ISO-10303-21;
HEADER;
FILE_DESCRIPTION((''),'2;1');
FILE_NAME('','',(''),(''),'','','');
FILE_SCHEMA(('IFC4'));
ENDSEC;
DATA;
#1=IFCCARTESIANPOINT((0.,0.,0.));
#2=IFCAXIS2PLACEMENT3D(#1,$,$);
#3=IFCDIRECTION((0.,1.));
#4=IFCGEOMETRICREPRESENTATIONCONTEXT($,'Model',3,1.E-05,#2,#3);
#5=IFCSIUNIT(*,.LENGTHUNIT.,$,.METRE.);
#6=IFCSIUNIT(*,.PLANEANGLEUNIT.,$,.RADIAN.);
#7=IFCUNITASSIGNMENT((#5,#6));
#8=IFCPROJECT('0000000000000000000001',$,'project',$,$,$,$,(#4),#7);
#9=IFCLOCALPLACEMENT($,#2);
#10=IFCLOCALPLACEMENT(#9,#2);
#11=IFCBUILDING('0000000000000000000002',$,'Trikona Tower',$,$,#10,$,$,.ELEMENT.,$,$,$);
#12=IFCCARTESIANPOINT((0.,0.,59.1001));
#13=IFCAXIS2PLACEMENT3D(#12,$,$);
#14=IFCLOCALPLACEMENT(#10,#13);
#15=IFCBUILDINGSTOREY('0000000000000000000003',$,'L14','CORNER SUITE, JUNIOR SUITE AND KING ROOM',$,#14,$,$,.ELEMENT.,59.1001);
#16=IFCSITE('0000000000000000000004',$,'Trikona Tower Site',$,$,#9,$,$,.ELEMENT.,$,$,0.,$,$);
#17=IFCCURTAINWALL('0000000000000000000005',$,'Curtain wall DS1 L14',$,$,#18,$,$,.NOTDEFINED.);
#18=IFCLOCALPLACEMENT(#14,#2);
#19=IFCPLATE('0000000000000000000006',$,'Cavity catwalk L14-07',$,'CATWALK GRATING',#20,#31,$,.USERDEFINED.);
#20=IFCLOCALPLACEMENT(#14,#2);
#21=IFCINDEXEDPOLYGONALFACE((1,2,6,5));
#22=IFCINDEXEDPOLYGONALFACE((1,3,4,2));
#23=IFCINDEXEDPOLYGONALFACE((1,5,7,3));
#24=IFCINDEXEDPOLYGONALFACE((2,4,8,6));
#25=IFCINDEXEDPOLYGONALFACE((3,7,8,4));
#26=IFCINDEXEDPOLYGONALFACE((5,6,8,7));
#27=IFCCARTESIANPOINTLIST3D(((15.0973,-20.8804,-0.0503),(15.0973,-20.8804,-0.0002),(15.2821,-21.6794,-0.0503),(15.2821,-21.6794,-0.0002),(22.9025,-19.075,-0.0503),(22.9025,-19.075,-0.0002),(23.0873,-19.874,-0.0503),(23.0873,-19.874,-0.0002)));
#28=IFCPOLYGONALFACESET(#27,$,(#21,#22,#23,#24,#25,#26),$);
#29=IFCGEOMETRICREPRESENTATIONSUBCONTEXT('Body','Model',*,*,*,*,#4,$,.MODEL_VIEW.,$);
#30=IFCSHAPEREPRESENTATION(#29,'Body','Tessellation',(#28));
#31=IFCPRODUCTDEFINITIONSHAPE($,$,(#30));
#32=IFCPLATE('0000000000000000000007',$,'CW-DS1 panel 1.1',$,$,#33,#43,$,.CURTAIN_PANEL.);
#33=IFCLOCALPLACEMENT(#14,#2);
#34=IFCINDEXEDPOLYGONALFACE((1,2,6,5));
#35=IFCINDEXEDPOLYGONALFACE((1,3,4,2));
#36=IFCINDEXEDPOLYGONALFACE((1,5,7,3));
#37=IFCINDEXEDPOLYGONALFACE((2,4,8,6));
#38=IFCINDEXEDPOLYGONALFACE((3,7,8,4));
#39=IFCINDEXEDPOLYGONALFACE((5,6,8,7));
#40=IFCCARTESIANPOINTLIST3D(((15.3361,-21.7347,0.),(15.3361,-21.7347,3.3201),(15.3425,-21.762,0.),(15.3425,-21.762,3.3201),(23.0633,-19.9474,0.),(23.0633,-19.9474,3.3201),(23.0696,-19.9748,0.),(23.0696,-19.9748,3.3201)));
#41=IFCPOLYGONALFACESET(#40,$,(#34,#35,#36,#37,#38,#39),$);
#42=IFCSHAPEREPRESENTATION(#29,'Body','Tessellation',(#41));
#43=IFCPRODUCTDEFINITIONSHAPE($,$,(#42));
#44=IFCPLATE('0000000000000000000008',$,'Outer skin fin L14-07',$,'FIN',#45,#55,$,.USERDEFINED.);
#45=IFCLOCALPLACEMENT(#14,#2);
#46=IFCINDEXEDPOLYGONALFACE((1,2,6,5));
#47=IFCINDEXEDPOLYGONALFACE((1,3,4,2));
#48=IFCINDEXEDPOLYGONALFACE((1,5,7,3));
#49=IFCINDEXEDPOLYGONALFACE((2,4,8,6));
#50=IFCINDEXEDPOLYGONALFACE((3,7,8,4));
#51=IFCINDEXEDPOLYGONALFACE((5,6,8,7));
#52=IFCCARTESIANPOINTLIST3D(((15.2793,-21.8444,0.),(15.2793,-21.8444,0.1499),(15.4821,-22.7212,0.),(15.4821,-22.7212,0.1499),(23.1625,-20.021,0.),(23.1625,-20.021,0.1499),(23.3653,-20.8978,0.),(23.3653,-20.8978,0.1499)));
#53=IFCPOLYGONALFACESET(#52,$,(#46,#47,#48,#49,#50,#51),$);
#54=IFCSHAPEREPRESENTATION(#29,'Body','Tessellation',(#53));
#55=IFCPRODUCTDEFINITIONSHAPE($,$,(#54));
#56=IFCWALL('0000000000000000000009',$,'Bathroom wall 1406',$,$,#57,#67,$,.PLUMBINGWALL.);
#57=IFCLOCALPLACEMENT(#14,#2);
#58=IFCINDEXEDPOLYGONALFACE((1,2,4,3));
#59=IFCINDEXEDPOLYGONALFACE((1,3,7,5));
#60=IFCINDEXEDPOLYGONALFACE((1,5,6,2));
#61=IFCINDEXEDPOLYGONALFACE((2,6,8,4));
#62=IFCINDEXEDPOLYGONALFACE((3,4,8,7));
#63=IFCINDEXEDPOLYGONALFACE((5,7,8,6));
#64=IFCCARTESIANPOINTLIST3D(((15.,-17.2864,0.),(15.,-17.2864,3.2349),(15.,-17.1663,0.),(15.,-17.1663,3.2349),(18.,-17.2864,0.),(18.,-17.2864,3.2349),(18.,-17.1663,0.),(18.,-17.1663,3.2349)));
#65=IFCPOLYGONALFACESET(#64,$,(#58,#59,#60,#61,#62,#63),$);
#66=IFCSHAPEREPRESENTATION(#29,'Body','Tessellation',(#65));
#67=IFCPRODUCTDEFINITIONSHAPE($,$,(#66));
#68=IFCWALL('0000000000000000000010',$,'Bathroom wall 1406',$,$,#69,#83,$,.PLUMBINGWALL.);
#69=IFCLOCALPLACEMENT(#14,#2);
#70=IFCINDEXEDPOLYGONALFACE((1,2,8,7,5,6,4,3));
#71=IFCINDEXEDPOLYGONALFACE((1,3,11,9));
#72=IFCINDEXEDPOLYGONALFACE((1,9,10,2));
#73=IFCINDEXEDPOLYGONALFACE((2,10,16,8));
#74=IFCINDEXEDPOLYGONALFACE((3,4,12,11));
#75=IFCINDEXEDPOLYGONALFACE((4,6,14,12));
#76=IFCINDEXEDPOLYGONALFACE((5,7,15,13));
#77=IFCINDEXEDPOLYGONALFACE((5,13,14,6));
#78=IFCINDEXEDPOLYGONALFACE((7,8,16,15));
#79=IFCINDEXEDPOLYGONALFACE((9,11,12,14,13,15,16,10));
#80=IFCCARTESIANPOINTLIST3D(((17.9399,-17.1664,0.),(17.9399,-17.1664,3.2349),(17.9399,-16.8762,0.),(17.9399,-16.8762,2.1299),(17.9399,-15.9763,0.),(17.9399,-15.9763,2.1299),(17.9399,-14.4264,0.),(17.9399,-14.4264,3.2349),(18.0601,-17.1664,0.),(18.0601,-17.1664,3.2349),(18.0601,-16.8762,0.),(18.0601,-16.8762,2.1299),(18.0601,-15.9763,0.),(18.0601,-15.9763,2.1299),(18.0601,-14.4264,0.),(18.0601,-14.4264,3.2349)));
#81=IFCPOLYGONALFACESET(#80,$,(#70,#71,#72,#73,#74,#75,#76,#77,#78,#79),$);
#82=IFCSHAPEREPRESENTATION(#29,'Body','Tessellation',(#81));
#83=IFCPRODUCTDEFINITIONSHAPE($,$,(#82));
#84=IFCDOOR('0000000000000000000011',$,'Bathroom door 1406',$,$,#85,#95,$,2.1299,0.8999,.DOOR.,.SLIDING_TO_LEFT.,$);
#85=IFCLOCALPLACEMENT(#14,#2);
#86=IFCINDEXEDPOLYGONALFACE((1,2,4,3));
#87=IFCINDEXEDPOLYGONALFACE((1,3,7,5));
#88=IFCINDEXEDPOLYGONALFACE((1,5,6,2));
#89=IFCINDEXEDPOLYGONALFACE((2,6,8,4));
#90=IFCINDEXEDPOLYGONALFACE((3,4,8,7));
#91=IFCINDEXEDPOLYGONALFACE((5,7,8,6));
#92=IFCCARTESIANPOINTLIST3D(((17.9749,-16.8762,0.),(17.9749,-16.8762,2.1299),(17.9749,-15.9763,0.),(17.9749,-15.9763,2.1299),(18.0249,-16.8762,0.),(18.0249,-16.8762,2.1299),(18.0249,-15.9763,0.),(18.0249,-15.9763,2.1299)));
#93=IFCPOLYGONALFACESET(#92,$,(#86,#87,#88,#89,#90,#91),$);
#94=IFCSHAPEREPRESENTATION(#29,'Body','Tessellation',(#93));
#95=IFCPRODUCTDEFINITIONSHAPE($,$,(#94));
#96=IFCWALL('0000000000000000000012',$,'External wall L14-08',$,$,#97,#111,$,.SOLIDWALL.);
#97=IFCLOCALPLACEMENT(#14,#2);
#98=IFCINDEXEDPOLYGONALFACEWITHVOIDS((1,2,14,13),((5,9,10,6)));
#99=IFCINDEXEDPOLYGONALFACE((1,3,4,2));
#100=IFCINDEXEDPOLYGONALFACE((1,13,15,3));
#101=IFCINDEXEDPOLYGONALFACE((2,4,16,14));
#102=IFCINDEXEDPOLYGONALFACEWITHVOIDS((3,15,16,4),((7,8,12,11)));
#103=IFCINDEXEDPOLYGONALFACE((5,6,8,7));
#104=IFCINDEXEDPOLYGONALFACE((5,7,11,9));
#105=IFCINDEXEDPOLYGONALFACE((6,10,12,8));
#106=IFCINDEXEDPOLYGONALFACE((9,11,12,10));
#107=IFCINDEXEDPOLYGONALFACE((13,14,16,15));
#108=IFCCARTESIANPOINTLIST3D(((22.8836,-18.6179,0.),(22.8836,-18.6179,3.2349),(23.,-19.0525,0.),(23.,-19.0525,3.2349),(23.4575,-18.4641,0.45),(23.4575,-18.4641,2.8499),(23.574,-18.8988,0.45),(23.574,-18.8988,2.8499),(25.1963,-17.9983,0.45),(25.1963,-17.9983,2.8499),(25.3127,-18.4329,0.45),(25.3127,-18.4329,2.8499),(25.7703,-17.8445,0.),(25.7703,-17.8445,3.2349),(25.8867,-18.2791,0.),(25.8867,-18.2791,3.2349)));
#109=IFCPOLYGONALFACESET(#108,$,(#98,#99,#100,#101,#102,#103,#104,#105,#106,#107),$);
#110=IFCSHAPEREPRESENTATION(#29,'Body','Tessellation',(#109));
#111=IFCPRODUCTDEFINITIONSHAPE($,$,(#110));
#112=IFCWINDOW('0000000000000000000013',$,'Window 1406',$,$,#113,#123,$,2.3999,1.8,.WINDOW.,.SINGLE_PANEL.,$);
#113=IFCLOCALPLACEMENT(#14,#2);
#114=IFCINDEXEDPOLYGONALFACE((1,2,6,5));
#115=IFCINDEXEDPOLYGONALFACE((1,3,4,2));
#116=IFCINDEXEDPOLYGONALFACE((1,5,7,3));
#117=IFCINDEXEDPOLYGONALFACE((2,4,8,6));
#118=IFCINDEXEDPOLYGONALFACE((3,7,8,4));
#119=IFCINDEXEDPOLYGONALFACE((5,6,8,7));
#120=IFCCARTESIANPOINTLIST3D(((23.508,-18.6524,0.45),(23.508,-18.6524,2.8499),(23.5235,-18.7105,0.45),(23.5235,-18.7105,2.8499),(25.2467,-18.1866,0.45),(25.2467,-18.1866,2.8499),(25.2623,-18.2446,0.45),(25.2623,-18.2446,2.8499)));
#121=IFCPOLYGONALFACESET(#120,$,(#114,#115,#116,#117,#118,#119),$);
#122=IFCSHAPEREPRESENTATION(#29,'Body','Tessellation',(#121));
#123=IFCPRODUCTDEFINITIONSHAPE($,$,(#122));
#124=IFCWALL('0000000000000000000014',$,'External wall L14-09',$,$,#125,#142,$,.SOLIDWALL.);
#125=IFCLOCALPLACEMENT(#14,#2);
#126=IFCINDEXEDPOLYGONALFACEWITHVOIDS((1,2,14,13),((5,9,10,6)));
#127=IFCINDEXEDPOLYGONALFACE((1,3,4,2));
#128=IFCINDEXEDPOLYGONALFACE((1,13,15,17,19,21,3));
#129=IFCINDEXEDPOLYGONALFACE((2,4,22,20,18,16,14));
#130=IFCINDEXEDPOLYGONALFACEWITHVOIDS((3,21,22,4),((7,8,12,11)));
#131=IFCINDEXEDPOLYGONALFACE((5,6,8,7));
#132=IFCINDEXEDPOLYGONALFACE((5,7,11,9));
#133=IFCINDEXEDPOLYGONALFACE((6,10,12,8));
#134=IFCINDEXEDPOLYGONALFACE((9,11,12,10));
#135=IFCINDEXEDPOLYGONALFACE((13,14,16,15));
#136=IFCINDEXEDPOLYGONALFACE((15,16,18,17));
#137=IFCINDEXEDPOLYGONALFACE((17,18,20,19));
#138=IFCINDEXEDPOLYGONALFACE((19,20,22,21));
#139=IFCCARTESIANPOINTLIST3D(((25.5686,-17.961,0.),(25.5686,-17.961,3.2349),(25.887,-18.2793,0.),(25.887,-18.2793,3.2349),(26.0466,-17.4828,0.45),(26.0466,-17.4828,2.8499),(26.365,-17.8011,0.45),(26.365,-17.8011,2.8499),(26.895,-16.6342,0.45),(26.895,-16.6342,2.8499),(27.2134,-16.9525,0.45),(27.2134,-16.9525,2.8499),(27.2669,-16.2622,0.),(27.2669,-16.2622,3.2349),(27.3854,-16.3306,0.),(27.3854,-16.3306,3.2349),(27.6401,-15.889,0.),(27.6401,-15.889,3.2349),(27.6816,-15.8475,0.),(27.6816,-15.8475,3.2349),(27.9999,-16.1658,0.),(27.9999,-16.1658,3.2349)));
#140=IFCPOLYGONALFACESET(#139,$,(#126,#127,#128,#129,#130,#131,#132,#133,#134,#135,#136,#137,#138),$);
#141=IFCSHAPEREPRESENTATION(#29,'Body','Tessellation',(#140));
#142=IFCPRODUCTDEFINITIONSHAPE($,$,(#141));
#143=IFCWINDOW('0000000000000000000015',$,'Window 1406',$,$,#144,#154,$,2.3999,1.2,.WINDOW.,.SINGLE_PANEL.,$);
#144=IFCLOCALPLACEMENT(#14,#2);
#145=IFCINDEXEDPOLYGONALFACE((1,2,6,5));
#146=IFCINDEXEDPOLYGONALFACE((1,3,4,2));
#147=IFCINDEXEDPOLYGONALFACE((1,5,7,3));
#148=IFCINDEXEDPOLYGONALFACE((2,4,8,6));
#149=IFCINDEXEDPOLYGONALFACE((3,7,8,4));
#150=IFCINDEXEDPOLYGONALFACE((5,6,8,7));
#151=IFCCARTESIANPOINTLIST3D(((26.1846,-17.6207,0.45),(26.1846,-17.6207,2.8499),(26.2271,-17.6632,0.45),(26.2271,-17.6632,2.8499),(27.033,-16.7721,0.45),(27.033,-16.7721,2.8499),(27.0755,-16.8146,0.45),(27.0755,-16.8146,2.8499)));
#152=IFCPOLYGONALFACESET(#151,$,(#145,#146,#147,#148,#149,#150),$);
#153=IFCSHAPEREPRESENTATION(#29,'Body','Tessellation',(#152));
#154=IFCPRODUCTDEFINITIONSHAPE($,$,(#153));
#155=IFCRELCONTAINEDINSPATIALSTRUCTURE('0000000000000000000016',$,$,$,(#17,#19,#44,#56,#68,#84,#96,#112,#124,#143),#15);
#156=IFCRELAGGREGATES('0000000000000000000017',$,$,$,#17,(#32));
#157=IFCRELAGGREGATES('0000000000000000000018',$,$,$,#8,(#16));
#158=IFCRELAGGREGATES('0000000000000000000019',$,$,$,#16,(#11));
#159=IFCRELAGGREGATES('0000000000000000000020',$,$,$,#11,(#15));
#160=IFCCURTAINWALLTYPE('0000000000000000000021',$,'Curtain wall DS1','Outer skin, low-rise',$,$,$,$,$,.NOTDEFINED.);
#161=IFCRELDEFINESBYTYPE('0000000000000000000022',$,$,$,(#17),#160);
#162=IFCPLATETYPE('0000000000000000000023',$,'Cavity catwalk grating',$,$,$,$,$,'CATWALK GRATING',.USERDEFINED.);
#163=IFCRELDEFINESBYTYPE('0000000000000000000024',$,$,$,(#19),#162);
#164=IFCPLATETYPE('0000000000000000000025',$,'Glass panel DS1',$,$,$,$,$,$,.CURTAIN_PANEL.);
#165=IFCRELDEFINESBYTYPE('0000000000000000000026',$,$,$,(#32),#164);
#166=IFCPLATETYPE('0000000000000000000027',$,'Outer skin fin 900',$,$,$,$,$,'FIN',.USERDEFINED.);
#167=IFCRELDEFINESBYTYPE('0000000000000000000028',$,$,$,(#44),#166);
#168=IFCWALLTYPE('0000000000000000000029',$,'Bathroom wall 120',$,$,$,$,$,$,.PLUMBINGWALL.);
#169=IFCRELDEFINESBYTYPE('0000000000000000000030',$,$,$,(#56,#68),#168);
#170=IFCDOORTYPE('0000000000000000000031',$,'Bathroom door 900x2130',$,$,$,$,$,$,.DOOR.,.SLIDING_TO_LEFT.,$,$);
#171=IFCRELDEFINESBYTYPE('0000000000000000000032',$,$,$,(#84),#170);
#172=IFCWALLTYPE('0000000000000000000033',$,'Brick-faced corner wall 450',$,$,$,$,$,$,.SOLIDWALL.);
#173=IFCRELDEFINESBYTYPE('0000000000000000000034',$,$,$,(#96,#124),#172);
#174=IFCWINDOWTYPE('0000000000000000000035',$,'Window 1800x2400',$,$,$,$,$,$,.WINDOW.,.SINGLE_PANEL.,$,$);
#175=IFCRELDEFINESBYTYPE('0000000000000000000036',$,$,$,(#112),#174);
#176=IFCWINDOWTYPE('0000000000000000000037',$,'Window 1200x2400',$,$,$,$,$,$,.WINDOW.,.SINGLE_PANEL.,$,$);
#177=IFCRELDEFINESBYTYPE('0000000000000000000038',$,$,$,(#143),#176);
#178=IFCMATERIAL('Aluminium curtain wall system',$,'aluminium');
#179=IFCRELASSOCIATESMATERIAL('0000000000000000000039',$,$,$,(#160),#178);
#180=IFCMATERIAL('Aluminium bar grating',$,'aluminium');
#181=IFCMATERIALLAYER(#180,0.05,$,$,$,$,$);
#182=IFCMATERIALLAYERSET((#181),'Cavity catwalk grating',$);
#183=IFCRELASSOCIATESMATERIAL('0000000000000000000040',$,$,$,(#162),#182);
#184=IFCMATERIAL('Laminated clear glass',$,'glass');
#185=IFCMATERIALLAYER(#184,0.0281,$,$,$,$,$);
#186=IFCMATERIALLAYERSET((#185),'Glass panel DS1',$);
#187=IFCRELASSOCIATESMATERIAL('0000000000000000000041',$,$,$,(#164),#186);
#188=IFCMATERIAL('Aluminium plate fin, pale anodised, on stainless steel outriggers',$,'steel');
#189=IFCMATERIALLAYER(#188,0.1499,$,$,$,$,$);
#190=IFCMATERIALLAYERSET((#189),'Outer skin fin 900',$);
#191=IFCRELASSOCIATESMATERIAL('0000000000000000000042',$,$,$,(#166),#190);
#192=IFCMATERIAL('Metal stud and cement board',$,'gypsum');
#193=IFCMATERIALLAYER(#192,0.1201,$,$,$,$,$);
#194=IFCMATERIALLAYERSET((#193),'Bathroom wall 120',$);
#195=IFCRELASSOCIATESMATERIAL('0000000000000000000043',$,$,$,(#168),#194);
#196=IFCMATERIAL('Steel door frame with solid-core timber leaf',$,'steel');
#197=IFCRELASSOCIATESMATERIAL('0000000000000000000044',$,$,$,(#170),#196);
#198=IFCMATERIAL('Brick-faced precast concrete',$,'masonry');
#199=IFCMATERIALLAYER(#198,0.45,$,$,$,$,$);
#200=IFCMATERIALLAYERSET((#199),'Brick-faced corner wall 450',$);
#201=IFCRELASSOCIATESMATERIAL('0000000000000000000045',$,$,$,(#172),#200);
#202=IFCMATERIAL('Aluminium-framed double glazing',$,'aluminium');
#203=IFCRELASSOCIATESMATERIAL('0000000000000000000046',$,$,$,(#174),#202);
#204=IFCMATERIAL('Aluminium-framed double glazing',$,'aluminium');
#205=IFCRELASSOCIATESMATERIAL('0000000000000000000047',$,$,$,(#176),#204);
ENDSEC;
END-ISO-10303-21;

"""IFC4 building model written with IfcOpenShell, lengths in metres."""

from ifc_helpers import new_model, si_unit, direction, frame, frame_2d, origin, origin_2d, place, context, subcontext, project, spatial, polyline, rectangle, outline, extrude, material, layer, layer_set, type_object, element, fill, aggregate, save


model = new_model("IFC4")

# Units and contexts
model_context = context("Model", 3, precision=1e-05, world=origin(), true_north=direction((0.0, 1.0)))
body_context = subcontext(model_context, "Body", "Model", "MODEL_VIEW")
ifc_project = project(units=[si_unit("LENGTHUNIT", "METRE"), si_unit("PLANEANGLEUNIT", "RADIAN")], contexts=[model_context])

# Site, building, storey
site_placement = place(None, origin())
site = spatial("IfcSite", under=ifc_project, at=site_placement, Name="Trikona Tower Site", CompositionType="ELEMENT", RefElevation=0.0)
building_placement = place(site_placement, origin())
building = spatial("IfcBuilding", under=site, at=building_placement, Name="Trikona Tower", CompositionType="ELEMENT")
storey_placement = place(building_placement, frame((0.0, 0.0, 59.1001)))
storey = spatial("IfcBuildingStorey", under=building, at=storey_placement, Name="L14", Description="CORNER SUITE, JUNIOR SUITE AND KING ROOM", CompositionType="ELEMENT", Elevation=59.1001)

# Shared definitions
ifc_material_1 = material(Name="Aluminium curtain wall system", Category="aluminium")
curtain_wall_type = type_object("IfcCurtainWallType", Name="Curtain wall DS1", Description="Outer skin, low-rise", PredefinedType="NOTDEFINED", material=ifc_material_1)

# Curtain wall
curtain_wall_1_placement = place(storey_placement, origin())
curtain_wall_1 = element("IfcCurtainWall", 1, at=curtain_wall_1_placement, inside=storey, type_object=curtain_wall_type, Name="Curtain wall DS1 L14", PredefinedType="NOTDEFINED")

# Plates
ifc_material_2 = material(Name="Aluminium bar grating", Category="aluminium")
ifc_layer_1 = layer(ifc_material_2, 0.05)
ifc_layer_set_1 = layer_set([ifc_layer_1], Name="Cavity catwalk grating")
plate_type_1 = type_object("IfcPlateType", Name="Cavity catwalk grating", ElementType="CATWALK GRATING", PredefinedType="USERDEFINED", material=ifc_layer_set_1)
plate_1_placement = place(storey_placement, frame((19.0923, -20.3772, -0.0503), z_axis=(0.0, 0.0, 1.0), x_axis=(0.974278, 0.225351, 0.0)))
element("IfcPlate", 2, at=plate_1_placement, inside=storey, type_object=plate_type_1, Name="Cavity catwalk L14-07", ObjectType="CATWALK GRATING", PredefinedType="USERDEFINED", context=body_context, shape_type="SweptSolid", body=[
    extrude(rectangle(XDim=8.0112, YDim=0.8201, at=origin_2d()), origin(), (0.0, 0.0, 1.0), 0.05),
])
ifc_material_3 = material(Name="Laminated clear glass", Category="glass")
ifc_layer_2 = layer(ifc_material_3, 0.0281)
ifc_layer_set_2 = layer_set([ifc_layer_2], Name="Glass panel DS1")
plate_type_2 = type_object("IfcPlateType", Name="Glass panel DS1", PredefinedType="CURTAIN_PANEL", material=ifc_layer_set_2)
plate_2_placement = place(storey_placement, frame((19.2029, -20.8547, 0.0), z_axis=(0.0, 0.0, 1.0), x_axis=(0.974279, 0.225343, 0.0)))
plate_2 = element("IfcPlate", 3, at=plate_2_placement, type_object=plate_type_2, Name="CW-DS1 panel 1.1", PredefinedType="CURTAIN_PANEL", context=body_context, shape_type="SweptSolid", body=[
    extrude(rectangle(XDim=7.9312, YDim=0.0281, at=origin_2d()), origin(), (0.0, 0.0, 1.0), 3.3201),
])
aggregate(curtain_wall_1, [plate_2])
ifc_material_4 = material(Name="Aluminium plate fin, pale anodised, on stainless steel outriggers", Category="steel")
ifc_layer_3 = layer(ifc_material_4, 0.1499)
ifc_layer_set_3 = layer_set([ifc_layer_3], Name="Outer skin fin 900")
plate_type_3 = type_object("IfcPlateType", Name="Outer skin fin 900", ElementType="FIN", PredefinedType="USERDEFINED", material=ifc_layer_set_3)
plate_3_placement = place(storey_placement, frame((19.3223, -21.3711, 0.0), z_axis=(0.0, 0.0, 1.0), x_axis=(0.974278, 0.225351, 0.0)))
element("IfcPlate", 4, at=plate_3_placement, inside=storey, type_object=plate_type_3, Name="Outer skin fin L14-07", ObjectType="FIN", PredefinedType="USERDEFINED", context=body_context, shape_type="SweptSolid", body=[
    extrude(rectangle(XDim=8.0913, YDim=0.8999, at=origin_2d()), origin(), (0.0, 0.0, 1.0), 0.1499),
])

# Wall
ifc_material_5 = material(Name="Metal stud and cement board", Category="gypsum")
ifc_layer_4 = layer(ifc_material_5, 0.1201)
ifc_layer_set_4 = layer_set([ifc_layer_4], Name="Bathroom wall 120")
wall_type_1 = type_object("IfcWallType", Name="Bathroom wall 120", PredefinedType="PLUMBINGWALL", material=ifc_layer_set_4)
wall_1_placement = place(storey_placement, frame((15.0, -17.2263, 0.0), z_axis=(0.0, 0.0, 1.0), x_axis=(1.0, 0.0, 0.0)))
element("IfcWall", 5, at=wall_1_placement, inside=storey, type_object=wall_type_1, Name="Bathroom wall 1406", PredefinedType="PLUMBINGWALL", context=body_context, shape_type="SweptSolid", body=[
    extrude(rectangle(XDim=3.0, YDim=0.1201, at=frame_2d((1.5, 0.0))), origin(), (0.0, 0.0, 1.0), 3.2349),
])

# Wall, opening, door
wall_2_placement = place(storey_placement, frame((18.0, -14.4263, 0.0), z_axis=(0.0, 0.0, 1.0), x_axis=(0.0, -1.0, 0.0)))
wall_2 = element("IfcWall", 6, at=wall_2_placement, inside=storey, type_object=wall_type_1, Name="Bathroom wall 1406", PredefinedType="PLUMBINGWALL", context=body_context, shape_type="SweptSolid", body=[
    extrude(rectangle(XDim=2.74, YDim=0.1201, at=frame_2d((1.3701, 0.0))), origin(), (0.0, 0.0, 1.0), 3.2349),
])
opening_1_placement = place(wall_2_placement, frame((1.55, 0.0, 0.0)))
opening_1 = element("IfcOpeningElement", 7, at=opening_1_placement, cuts=wall_2, PredefinedType="OPENING", context=body_context, shape_type="SweptSolid", body=[
    extrude(rectangle(XDim=0.8999, YDim=2.1299, at=frame_2d((0.45, 1.0649))), frame((0.0, 0.0701, 0.0), z_axis=(0.0, -1.0, 0.0), x_axis=(1.0, 0.0, 0.0)), (0.0, 0.0, 1.0), 0.1401),
])
ifc_material_6 = material(Name="Steel door frame with solid-core timber leaf", Category="steel")
door_type = type_object("IfcDoorType", Name="Bathroom door 900x2130", OperationType="SLIDING_TO_LEFT", PredefinedType="DOOR", material=ifc_material_6)
door_placement = place(opening_1_placement, origin())
door = element("IfcDoor", 8, at=door_placement, inside=storey, type_object=door_type, Name="Bathroom door 1406", OperationType="SLIDING_TO_LEFT", OverallHeight=2.1299, OverallWidth=0.8999, PredefinedType="DOOR", context=body_context, shape_type="SweptSolid", body=[
    extrude(rectangle(XDim=0.8999, YDim=2.1299, at=frame_2d((0.45, 1.0649))), frame((0.0, 0.0249, 0.0), z_axis=(0.0, -1.0, 0.0), x_axis=(1.0, 0.0, 0.0)), (0.0, 0.0, 1.0), 0.05),
])
fill(opening_1, door)

# Walls, openings, windows
ifc_material_7 = material(Name="Brick-faced precast concrete", Category="masonry")
ifc_layer_5 = layer(ifc_material_7, 0.45)
ifc_layer_set_5 = layer_set([ifc_layer_5], Name="Brick-faced corner wall 450")
wall_type_2 = type_object("IfcWallType", Name="Brick-faced corner wall 450", PredefinedType="SOLIDWALL", material=ifc_layer_set_5)
wall_3_placement = place(storey_placement, frame((22.9419, -18.8352, 0.0), z_axis=(0.0, 0.0, 1.0), x_axis=(0.965931, 0.258801, 0.0)))
wall_3 = element("IfcWall", 9, at=wall_3_placement, inside=storey, type_object=wall_type_2, Name="External wall L14-08", PredefinedType="SOLIDWALL", context=body_context, shape_type="SweptSolid", body=[
    extrude(rectangle(XDim=2.9885, YDim=0.45, at=frame_2d((1.4941, 0.0))), origin(), (0.0, 0.0, 1.0), 3.2349),
])
opening_2_placement = place(wall_3_placement, frame((0.5942, 0.0, 0.45)))
opening_2 = element("IfcOpeningElement", 10, at=opening_2_placement, cuts=wall_3, PredefinedType="OPENING", context=body_context, shape_type="SweptSolid", body=[
    extrude(rectangle(XDim=1.8, YDim=2.3999, at=frame_2d((0.8999, 1.2))), frame((0.0, 0.2349, 0.0), z_axis=(0.0, -1.0, 0.0), x_axis=(1.0, 0.0, 0.0)), (0.0, 0.0, 1.0), 0.47),
])
ifc_material_8 = material(Name="Aluminium-framed double glazing", Category="aluminium")
window_type_1 = type_object("IfcWindowType", Name="Window 1800x2400", PartitioningType="SINGLE_PANEL", PredefinedType="WINDOW", material=ifc_material_8)
window_1_placement = place(opening_2_placement, origin())
window_1 = element("IfcWindow", 11, at=window_1_placement, inside=storey, type_object=window_type_1, Name="Window 1406", OverallHeight=2.3999, OverallWidth=1.8, PartitioningType="SINGLE_PANEL", PredefinedType="WINDOW", context=body_context, shape_type="SweptSolid", body=[
    extrude(rectangle(XDim=1.8, YDim=2.3999, at=frame_2d((0.8999, 1.2))), frame((0.0, 0.03, 0.0), z_axis=(0.0, -1.0, 0.0), x_axis=(1.0, 0.0, 0.0)), (0.0, 0.0, 1.0), 0.0601),
])
fill(opening_2, window_1)
wall_4_placement = place(storey_placement, frame((25.7278, -18.1201, 0.0), z_axis=(0.0, 0.0, 1.0), x_axis=(0.707025, 0.707188, 0.0)))
wall_4 = element("IfcWall", 12, at=wall_4_placement, inside=storey, type_object=wall_type_2, Name="External wall L14-09", PredefinedType="SOLIDWALL", context=body_context, shape_type="SweptSolid", body=[
    extrude(outline(polyline([(2.9885, 0.2251), (2.9299, 0.2251), (2.4375, 0.093), (2.4021, 0.2251), (0.0, 0.2251), (0.0, -0.2251), (2.9885, -0.2251), (2.9885, 0.2251)])), origin(), (0.0, 0.0, 1.0), 3.2349),
])
opening_3_placement = place(wall_4_placement, frame((0.676, 0.0, 0.45)))
opening_3 = element("IfcOpeningElement", 13, at=opening_3_placement, cuts=wall_4, PredefinedType="OPENING", context=body_context, shape_type="SweptSolid", body=[
    extrude(rectangle(XDim=1.2, YDim=2.3999, at=frame_2d((0.6001, 1.2))), frame((0.0, 0.2349, 0.0), z_axis=(0.0, -1.0, 0.0), x_axis=(1.0, 0.0, 0.0)), (0.0, 0.0, 1.0), 0.47),
])
ifc_material_9 = material(Name="Aluminium-framed double glazing", Category="aluminium")
window_type_2 = type_object("IfcWindowType", Name="Window 1200x2400", PartitioningType="SINGLE_PANEL", PredefinedType="WINDOW", material=ifc_material_9)
window_2_placement = place(opening_3_placement, origin())
window_2 = element("IfcWindow", 14, at=window_2_placement, inside=storey, type_object=window_type_2, Name="Window 1406", OverallHeight=2.3999, OverallWidth=1.2, PartitioningType="SINGLE_PANEL", PredefinedType="WINDOW", context=body_context, shape_type="SweptSolid", body=[
    extrude(rectangle(XDim=1.2, YDim=2.3999, at=frame_2d((0.6001, 1.2))), frame((0.0, 0.03, 0.0), z_axis=(0.0, -1.0, 0.0), x_axis=(1.0, 0.0, 0.0)), (0.0, 0.0, 1.0), 0.0601),
])
fill(opening_3, window_2)

save(model, "model.ifc")
